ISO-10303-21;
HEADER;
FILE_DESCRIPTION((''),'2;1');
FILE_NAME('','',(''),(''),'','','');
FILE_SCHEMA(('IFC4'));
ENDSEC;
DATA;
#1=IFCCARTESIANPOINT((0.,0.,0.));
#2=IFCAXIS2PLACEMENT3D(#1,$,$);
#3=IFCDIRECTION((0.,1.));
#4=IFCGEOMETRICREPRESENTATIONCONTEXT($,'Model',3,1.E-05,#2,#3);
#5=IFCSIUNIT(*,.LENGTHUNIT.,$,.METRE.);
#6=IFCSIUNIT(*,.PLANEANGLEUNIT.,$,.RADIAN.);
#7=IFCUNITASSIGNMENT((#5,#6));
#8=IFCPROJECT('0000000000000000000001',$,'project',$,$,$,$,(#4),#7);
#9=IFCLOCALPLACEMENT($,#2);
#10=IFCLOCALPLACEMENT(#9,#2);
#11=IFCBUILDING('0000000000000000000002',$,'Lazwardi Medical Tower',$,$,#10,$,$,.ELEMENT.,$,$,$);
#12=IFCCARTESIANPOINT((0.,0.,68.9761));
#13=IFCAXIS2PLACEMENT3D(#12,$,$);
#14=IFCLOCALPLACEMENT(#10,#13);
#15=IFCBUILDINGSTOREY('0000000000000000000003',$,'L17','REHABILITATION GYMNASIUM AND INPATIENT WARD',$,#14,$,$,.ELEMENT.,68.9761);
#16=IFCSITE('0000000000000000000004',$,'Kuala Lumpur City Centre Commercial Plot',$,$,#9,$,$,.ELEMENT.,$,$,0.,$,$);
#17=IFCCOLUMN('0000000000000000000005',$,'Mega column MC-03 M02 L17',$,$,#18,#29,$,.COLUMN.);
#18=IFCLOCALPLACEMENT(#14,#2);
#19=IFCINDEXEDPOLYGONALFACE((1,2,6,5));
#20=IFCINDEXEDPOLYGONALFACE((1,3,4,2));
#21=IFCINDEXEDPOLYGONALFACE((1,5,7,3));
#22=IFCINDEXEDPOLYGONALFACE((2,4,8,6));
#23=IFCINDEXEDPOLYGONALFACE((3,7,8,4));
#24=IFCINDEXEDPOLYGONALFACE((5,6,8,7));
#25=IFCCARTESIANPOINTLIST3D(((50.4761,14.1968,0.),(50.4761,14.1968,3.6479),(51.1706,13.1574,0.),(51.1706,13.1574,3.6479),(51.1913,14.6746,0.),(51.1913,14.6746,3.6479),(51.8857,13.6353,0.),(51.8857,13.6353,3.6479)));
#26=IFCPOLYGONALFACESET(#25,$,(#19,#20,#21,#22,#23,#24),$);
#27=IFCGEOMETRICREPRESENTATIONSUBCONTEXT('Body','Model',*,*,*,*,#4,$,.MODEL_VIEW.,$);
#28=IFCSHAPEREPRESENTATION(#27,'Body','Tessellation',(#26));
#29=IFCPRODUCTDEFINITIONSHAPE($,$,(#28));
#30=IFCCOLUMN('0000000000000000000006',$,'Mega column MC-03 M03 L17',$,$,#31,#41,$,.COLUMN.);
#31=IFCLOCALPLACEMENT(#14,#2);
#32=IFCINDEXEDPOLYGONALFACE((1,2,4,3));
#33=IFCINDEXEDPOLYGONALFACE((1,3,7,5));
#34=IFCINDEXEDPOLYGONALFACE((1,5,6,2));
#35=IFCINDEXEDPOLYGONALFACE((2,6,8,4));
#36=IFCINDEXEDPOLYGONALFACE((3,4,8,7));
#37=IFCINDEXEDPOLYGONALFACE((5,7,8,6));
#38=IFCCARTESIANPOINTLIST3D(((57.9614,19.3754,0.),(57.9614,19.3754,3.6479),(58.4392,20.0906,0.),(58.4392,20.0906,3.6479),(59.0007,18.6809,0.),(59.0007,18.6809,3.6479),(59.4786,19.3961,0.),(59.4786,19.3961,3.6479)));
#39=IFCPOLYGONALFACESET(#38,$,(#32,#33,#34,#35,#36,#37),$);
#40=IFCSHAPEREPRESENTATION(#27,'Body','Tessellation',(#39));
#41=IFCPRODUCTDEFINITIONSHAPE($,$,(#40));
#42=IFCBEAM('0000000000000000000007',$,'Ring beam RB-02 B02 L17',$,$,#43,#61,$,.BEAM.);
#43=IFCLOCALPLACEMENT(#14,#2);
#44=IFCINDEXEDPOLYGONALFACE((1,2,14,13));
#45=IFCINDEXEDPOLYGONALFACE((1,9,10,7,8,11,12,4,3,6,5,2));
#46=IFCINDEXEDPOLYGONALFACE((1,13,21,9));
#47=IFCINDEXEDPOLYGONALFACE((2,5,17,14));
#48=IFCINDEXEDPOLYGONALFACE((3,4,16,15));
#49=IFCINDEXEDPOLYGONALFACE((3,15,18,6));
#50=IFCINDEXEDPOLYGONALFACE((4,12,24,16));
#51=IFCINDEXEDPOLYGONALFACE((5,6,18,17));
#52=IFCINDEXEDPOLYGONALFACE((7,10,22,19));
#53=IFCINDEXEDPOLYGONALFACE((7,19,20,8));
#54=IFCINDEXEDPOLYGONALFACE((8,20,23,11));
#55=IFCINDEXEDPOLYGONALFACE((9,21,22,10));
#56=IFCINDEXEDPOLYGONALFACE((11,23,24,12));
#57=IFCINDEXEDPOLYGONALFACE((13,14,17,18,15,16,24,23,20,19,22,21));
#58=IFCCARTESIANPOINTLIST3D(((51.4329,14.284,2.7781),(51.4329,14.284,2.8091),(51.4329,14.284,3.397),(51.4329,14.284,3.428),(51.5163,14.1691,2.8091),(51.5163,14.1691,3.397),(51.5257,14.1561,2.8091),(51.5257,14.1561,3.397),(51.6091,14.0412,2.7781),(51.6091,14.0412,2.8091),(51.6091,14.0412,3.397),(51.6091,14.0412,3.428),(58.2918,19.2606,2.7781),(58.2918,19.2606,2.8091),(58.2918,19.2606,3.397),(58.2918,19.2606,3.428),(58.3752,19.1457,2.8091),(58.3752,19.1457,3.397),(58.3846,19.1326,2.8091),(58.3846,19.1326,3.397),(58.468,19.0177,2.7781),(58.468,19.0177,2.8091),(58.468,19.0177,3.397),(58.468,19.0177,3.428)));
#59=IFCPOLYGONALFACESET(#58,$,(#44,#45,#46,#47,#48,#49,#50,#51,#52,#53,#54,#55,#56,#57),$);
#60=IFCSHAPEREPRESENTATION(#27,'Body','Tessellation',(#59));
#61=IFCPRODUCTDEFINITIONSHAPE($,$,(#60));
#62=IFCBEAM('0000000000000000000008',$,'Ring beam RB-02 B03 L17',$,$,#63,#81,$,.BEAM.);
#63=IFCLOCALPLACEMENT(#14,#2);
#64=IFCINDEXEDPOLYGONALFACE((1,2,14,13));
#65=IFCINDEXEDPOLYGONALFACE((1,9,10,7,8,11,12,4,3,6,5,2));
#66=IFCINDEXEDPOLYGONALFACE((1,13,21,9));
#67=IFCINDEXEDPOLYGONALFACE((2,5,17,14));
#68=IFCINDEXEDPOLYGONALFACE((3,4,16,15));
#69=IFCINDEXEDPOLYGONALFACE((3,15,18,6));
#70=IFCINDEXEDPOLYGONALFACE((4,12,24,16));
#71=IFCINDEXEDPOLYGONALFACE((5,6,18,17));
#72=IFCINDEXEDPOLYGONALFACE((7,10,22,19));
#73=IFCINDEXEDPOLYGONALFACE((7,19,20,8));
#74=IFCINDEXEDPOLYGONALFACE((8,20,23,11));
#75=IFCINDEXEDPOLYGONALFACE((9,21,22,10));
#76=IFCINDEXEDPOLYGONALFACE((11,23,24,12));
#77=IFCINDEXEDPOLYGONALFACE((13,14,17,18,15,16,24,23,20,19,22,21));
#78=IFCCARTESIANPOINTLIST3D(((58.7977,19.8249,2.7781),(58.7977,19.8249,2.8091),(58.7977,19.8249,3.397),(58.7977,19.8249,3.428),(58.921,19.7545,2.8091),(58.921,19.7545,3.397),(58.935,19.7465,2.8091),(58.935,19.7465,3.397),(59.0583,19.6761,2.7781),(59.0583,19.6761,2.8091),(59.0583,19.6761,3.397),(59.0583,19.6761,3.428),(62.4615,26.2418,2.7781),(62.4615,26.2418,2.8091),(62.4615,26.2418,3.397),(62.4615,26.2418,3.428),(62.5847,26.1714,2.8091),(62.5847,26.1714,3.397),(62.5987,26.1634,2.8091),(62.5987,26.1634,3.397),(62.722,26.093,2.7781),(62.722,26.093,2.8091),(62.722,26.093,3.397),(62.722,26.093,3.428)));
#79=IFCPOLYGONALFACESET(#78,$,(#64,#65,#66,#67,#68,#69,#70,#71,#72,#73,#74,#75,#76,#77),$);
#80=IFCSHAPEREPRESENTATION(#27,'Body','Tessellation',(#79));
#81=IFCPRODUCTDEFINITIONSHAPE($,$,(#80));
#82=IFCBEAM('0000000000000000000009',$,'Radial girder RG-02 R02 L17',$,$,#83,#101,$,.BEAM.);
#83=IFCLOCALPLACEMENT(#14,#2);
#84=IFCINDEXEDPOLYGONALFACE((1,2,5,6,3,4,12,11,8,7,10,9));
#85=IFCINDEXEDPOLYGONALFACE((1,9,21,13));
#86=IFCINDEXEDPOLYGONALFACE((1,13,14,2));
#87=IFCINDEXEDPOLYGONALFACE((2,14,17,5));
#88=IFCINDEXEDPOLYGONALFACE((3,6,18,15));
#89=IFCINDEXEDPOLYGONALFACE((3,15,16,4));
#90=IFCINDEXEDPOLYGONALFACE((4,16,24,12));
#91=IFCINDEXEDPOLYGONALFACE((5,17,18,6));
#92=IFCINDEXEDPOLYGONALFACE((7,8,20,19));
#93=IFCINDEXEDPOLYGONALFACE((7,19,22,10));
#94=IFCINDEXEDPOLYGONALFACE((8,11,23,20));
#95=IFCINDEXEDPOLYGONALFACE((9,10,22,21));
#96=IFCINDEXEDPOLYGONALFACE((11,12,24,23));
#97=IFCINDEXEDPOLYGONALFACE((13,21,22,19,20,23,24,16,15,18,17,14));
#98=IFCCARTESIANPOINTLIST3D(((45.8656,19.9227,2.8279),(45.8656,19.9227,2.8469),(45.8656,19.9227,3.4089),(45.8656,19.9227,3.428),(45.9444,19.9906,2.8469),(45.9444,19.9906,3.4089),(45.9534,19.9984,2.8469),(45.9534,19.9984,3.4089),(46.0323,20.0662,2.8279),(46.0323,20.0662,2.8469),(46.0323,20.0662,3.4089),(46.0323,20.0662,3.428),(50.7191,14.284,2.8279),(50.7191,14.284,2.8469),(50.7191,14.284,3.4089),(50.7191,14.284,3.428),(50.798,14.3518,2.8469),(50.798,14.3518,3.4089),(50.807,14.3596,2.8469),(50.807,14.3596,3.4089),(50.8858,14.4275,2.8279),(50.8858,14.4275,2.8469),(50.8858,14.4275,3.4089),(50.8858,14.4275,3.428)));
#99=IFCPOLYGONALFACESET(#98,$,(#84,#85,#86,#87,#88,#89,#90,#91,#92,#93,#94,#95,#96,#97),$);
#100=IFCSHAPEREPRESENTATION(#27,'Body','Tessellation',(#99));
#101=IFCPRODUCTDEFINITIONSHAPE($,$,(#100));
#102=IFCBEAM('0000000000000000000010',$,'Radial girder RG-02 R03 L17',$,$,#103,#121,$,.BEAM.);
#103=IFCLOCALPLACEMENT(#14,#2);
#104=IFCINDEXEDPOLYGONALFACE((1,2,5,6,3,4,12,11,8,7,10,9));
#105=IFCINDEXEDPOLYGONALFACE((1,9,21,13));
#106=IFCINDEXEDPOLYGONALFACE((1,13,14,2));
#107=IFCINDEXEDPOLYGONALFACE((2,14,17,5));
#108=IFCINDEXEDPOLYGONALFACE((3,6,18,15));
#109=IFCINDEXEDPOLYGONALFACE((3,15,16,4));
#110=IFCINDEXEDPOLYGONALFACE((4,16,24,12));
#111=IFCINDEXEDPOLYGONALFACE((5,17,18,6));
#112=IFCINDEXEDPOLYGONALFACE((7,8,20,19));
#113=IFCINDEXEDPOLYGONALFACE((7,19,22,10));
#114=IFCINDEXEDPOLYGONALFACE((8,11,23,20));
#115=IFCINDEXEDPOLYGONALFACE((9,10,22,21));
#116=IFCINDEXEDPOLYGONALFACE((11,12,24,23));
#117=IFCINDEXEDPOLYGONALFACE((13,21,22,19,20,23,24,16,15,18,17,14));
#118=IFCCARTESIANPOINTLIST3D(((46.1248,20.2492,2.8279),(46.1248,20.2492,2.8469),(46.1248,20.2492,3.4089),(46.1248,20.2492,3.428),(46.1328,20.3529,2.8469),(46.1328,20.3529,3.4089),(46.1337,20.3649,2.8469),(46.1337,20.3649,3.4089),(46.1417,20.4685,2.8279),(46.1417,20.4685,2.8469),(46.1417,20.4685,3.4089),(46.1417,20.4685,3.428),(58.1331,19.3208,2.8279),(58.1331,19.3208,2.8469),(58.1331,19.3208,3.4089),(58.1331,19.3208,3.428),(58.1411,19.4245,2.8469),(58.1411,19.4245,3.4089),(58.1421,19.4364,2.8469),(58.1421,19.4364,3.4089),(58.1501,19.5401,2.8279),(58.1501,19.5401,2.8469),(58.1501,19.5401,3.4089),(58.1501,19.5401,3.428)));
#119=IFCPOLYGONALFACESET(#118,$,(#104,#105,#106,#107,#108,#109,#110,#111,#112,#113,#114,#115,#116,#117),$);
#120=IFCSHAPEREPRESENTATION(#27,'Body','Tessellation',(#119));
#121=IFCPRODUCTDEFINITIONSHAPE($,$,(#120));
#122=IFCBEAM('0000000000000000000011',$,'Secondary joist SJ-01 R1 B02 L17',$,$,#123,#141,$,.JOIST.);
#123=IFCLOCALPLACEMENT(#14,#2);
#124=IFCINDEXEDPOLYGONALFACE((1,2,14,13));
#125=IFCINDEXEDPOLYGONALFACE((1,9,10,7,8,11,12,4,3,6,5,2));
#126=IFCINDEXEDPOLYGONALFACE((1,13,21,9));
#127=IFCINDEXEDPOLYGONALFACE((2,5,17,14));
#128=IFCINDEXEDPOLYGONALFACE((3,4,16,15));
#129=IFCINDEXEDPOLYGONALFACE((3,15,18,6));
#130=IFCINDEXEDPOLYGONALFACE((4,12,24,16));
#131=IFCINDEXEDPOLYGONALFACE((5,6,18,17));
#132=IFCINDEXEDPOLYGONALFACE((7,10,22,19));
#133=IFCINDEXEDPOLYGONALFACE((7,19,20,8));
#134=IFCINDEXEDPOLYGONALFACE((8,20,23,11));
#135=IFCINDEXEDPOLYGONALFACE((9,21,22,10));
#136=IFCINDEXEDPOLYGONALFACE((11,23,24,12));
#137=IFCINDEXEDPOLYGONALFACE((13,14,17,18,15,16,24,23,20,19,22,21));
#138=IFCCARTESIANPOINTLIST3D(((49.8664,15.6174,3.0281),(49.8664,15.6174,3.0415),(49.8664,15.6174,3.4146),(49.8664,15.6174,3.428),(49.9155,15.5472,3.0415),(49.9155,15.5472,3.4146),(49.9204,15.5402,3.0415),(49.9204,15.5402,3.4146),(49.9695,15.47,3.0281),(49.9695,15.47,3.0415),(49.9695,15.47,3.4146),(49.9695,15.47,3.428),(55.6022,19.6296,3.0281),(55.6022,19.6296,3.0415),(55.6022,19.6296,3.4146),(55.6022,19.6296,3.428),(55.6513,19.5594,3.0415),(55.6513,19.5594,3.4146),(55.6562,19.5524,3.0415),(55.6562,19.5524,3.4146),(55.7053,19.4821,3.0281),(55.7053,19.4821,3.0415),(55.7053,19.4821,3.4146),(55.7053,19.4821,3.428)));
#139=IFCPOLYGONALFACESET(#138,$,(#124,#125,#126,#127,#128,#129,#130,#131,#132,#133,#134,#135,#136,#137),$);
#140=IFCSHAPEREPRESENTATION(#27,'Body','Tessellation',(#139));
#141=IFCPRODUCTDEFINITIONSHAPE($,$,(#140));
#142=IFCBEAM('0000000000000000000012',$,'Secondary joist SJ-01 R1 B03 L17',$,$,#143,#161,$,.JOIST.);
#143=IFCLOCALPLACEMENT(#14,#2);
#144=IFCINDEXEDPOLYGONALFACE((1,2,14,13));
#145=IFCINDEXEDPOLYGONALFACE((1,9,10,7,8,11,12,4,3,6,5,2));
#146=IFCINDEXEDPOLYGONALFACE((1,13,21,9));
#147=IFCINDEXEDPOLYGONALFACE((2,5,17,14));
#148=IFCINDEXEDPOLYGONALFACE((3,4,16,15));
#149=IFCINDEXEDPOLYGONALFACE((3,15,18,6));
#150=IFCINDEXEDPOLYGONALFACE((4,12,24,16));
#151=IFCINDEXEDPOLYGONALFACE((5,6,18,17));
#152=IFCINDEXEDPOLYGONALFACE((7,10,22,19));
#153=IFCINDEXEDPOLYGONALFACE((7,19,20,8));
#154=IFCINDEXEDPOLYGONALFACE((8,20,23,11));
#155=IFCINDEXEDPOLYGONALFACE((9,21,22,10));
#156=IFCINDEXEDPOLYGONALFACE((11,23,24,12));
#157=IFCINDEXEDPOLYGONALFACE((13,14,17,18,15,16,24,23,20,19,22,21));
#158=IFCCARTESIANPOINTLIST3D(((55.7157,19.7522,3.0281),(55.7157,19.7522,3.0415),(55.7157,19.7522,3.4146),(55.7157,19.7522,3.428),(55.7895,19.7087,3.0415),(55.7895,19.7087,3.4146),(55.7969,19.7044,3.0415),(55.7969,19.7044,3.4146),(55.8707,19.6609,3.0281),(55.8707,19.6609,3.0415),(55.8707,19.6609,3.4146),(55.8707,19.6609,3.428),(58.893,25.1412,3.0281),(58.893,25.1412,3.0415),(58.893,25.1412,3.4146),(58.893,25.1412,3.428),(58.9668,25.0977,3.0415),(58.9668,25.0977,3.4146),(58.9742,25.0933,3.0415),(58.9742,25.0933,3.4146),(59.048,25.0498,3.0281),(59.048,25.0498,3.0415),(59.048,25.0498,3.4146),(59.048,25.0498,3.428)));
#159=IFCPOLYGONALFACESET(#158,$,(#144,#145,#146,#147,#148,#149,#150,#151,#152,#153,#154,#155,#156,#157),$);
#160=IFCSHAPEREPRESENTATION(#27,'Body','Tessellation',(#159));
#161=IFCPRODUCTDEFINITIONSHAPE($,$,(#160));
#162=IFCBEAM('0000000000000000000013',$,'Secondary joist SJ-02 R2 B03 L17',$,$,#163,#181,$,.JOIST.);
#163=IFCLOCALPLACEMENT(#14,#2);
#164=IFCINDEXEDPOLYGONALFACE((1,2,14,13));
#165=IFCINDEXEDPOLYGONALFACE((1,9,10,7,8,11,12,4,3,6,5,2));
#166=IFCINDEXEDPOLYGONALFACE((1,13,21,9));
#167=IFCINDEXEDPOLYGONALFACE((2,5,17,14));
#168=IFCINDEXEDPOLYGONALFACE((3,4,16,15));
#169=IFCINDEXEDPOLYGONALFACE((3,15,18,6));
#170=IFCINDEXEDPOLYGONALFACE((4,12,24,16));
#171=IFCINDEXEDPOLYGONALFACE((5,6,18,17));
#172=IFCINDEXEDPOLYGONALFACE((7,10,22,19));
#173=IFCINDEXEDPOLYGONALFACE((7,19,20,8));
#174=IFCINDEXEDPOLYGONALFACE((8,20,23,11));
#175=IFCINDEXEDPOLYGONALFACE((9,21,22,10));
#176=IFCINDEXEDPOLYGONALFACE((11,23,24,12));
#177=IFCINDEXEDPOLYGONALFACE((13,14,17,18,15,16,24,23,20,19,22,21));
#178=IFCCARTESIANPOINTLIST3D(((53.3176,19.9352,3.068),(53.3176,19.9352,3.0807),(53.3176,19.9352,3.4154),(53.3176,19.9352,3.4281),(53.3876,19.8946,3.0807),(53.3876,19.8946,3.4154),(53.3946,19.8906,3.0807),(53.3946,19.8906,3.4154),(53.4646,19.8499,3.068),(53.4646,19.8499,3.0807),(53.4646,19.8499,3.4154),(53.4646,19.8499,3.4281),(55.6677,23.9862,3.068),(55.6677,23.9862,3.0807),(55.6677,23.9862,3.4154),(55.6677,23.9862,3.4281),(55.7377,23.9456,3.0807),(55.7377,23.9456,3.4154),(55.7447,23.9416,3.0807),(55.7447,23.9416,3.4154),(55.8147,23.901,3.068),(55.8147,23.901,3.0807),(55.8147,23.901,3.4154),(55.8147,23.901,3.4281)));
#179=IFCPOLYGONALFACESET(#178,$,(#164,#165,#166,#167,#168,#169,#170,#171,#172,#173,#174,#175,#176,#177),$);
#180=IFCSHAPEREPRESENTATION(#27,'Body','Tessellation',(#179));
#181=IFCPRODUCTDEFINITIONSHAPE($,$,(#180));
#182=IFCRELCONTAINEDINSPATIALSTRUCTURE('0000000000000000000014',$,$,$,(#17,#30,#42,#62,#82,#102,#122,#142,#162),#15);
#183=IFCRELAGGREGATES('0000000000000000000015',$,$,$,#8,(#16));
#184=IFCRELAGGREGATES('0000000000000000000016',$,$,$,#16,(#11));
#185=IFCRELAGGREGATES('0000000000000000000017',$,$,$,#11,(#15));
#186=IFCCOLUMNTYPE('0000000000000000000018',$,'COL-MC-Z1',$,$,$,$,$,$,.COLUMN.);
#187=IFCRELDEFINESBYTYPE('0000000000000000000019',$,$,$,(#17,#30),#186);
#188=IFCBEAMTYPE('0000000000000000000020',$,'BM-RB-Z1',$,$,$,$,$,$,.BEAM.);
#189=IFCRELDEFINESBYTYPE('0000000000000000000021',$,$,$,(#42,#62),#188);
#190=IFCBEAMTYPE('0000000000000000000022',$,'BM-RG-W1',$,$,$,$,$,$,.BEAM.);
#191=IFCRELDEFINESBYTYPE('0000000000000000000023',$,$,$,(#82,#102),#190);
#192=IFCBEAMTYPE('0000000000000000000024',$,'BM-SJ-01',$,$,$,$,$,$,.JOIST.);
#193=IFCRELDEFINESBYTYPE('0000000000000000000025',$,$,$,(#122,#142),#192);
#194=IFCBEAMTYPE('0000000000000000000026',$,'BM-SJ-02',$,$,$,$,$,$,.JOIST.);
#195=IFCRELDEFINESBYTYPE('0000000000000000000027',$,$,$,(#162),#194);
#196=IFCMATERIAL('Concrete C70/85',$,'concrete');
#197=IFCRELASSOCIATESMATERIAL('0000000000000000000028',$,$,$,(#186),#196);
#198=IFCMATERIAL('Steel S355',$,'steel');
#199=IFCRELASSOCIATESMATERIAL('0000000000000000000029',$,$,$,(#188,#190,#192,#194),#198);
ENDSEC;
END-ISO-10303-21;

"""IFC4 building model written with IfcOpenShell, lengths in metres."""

from ifc_helpers import new_model, si_unit, direction, frame, origin, origin_2d, place, context, subcontext, project, spatial, rectangle, i_section, extrude, material, material_profile, profile_set, type_object, element, save


model = new_model("IFC4")

# Units and contexts
model_context = context("Model", 3, precision=1e-05, world=origin(), true_north=direction((0.0, 1.0)))
body_context = subcontext(model_context, "Body", "Model", "MODEL_VIEW")
ifc_project = project(units=[si_unit("LENGTHUNIT", "METRE"), si_unit("PLANEANGLEUNIT", "RADIAN")], contexts=[model_context])

# Site, building, storey
site_placement = place(None, origin())
site = spatial("IfcSite", under=ifc_project, at=site_placement, Name="Kuala Lumpur City Centre Commercial Plot", CompositionType="ELEMENT", RefElevation=0.0)
building_placement = place(site_placement, origin())
building = spatial("IfcBuilding", under=site, at=building_placement, Name="Lazwardi Medical Tower", CompositionType="ELEMENT")
storey_placement = place(building_placement, frame((0.0, 0.0, 68.9761)))
storey = spatial("IfcBuildingStorey", under=building, at=storey_placement, Name="L17", Description="REHABILITATION GYMNASIUM AND INPATIENT WARD", CompositionType="ELEMENT", Elevation=68.9761)

# Columns
ifc_material_1 = material(Name="Concrete C70/85", Category="concrete")
ifc_material_profile_1 = material_profile(ifc_material_1, rectangle(XDim=1.25, YDim=0.8601, at=origin_2d()), Name="CFT-RECT 1250x860")
ifc_profile_set_1 = profile_set([ifc_material_profile_1], Name="Concrete C70/85")
column_type = type_object("IfcColumnType", Name="COL-MC-Z1", PredefinedType="COLUMN", material=ifc_profile_set_1)
for number, where, z_axis, x_axis, name in (
    (1, (51.1809, 13.916, 0.0), (0.0, 0.0, 1.0), (0.55557, -0.83147, 0.0), "Mega column MC-03 M02 L17"),
    (2, (58.72, 19.3857, 0.0), (0.0, 0.0, 1.0), (0.83147, -0.55557, 0.0), "Mega column MC-03 M03 L17"),
):
    element("IfcColumn", number, at=place(storey_placement, frame(where, z_axis=z_axis, x_axis=x_axis)), inside=storey, type_object=column_type, Name=name, PredefinedType="COLUMN", context=body_context, shape_type="SweptSolid", body=[
        extrude(rectangle(XDim=1.25, YDim=0.8601, at=origin_2d()), origin(), (0.0, 0.0, 1.0), 3.6479),
    ])

# Beams
ifc_material_2 = material(Name="Steel S355", Category="steel")
ifc_material_profile_2 = material_profile(ifc_material_2, i_section(OverallWidth=0.3, OverallDepth=0.6499, WebThickness=0.0161, FlangeThickness=0.031, at=origin_2d()), Name="HEB 650")
ifc_profile_set_2 = profile_set([ifc_material_profile_2], Name="Steel S355")
beam_type_1 = type_object("IfcBeamType", Name="BM-RB-Z1", PredefinedType="BEAM", material=ifc_profile_set_2)
beam_1_placement = place(storey_placement, frame((51.521, 14.1626, 3.103), z_axis=(0.809393, 0.587267, 0.0), x_axis=(-0.587267, 0.809393, 0.0)))
element("IfcBeam", 3, at=beam_1_placement, inside=storey, type_object=beam_type_1, Name="Ring beam RB-02 B02 L17", PredefinedType="BEAM", context=body_context, shape_type="SweptSolid", body=[
    extrude(i_section(OverallWidth=0.3, OverallDepth=0.6499, WebThickness=0.0161, FlangeThickness=0.031, at=origin_2d()), origin(), (0.0, 0.0, 1.0), 8.4741),
])
beam_2_placement = place(storey_placement, frame((58.928, 19.7505, 3.103), z_axis=(0.495829, 0.86842, 0.0), x_axis=(-0.86842, 0.495829, 0.0)))
element("IfcBeam", 4, at=beam_2_placement, inside=storey, type_object=beam_type_1, Name="Ring beam RB-02 B03 L17", PredefinedType="BEAM", context=body_context, shape_type="SweptSolid", body=[
    extrude(i_section(OverallWidth=0.3, OverallDepth=0.6499, WebThickness=0.0161, FlangeThickness=0.031, at=origin_2d()), origin(), (0.0, 0.0, 1.0), 7.3892),
])
ifc_material_profile_3 = material_profile(ifc_material_2, i_section(OverallWidth=0.22, OverallDepth=0.6001, WebThickness=0.012, FlangeThickness=0.019, at=origin_2d()), Name="IPE 600")
ifc_profile_set_3 = profile_set([ifc_material_profile_3], Name="Steel S355")
beam_type_2 = type_object("IfcBeamType", Name="BM-RG-W1", PredefinedType="BEAM", material=ifc_profile_set_3)
beam_3_placement = place(storey_placement, frame((50.8025, 14.3557, 3.1279), z_axis=(-0.652368, 0.757902, 0.0), x_axis=(-0.757902, -0.652368, 0.0)))
element("IfcBeam", 5, at=beam_3_placement, inside=storey, type_object=beam_type_2, Name="Radial girder RG-02 R02 L17", PredefinedType="BEAM", context=body_context, shape_type="SweptSolid", body=[
    extrude(i_section(OverallWidth=0.22, OverallDepth=0.6001, WebThickness=0.012, FlangeThickness=0.019, at=origin_2d()), origin(), (0.0, 0.0, 1.0), 7.4399),
])
beam_4_placement = place(storey_placement, frame((58.1416, 19.4304, 3.1279), z_axis=(-0.997024, 0.077089, 0.0), x_axis=(-0.077089, -0.997024, 0.0)))
element("IfcBeam", 6, at=beam_4_placement, inside=storey, type_object=beam_type_2, Name="Radial girder RG-02 R03 L17", PredefinedType="BEAM", context=body_context, shape_type="SweptSolid", body=[
    extrude(i_section(OverallWidth=0.22, OverallDepth=0.6001, WebThickness=0.012, FlangeThickness=0.019, at=origin_2d()), origin(), (0.0, 0.0, 1.0), 12.0442),
])
ifc_material_profile_4 = material_profile(ifc_material_2, i_section(OverallWidth=0.1799, OverallDepth=0.3999, WebThickness=0.0085, FlangeThickness=0.0134, at=origin_2d()), Name="IPE 400")
ifc_profile_set_4 = profile_set([ifc_material_profile_4], Name="Steel S355")
beam_type_3 = type_object("IfcBeamType", Name="BM-SJ-01", PredefinedType="JOIST", material=ifc_profile_set_4)
beam_5_placement = place(storey_placement, frame((49.918, 15.5437, 3.228), z_axis=(0.819425, 0.573186, 0.0), x_axis=(-0.573186, 0.819425, 0.0)))
element("IfcBeam", 7, at=beam_5_placement, inside=storey, type_object=beam_type_3, Name="Secondary joist SJ-01 R1 B02 L17", PredefinedType="JOIST", context=body_context, shape_type="SweptSolid", body=[
    extrude(i_section(OverallWidth=0.1799, OverallDepth=0.3999, WebThickness=0.0085, FlangeThickness=0.0134, at=origin_2d()), origin(), (0.0, 0.0, 1.0), 6.9998),
])
beam_6_placement = place(storey_placement, frame((55.7932, 19.7065, 3.228), z_axis=(0.507886, 0.861424, 0.0), x_axis=(-0.861424, 0.507886, 0.0)))
element("IfcBeam", 8, at=beam_6_placement, inside=storey, type_object=beam_type_3, Name="Secondary joist SJ-01 R1 B03 L17", PredefinedType="JOIST", context=body_context, shape_type="SweptSolid", body=[
    extrude(i_section(OverallWidth=0.1799, OverallDepth=0.3999, WebThickness=0.0085, FlangeThickness=0.0134, at=origin_2d()), origin(), (0.0, 0.0, 1.0), 6.2559),
])
ifc_material_profile_5 = material_profile(ifc_material_2, i_section(OverallWidth=0.1699, OverallDepth=0.3601, WebThickness=0.0081, FlangeThickness=0.0127, at=origin_2d()), Name="IPE 360")
ifc_profile_set_5 = profile_set([ifc_material_profile_5], Name="Steel S355")
beam_type_4 = type_object("IfcBeamType", Name="BM-SJ-02", PredefinedType="JOIST", material=ifc_profile_set_5)
beam_7_placement = place(storey_placement, frame((53.3911, 19.8926, 3.248), z_axis=(0.501798, 0.864985, 0.0), x_axis=(-0.864985, 0.501798, 0.0)))
element("IfcBeam", 9, at=beam_7_placement, inside=storey, type_object=beam_type_4, Name="Secondary joist SJ-02 R2 B03 L17", PredefinedType="JOIST", context=body_context, shape_type="SweptSolid", body=[
    extrude(i_section(OverallWidth=0.1699, OverallDepth=0.3601, WebThickness=0.0081, FlangeThickness=0.0127, at=origin_2d()), origin(), (0.0, 0.0, 1.0), 4.6833),
])

save(model, "model.ifc")
